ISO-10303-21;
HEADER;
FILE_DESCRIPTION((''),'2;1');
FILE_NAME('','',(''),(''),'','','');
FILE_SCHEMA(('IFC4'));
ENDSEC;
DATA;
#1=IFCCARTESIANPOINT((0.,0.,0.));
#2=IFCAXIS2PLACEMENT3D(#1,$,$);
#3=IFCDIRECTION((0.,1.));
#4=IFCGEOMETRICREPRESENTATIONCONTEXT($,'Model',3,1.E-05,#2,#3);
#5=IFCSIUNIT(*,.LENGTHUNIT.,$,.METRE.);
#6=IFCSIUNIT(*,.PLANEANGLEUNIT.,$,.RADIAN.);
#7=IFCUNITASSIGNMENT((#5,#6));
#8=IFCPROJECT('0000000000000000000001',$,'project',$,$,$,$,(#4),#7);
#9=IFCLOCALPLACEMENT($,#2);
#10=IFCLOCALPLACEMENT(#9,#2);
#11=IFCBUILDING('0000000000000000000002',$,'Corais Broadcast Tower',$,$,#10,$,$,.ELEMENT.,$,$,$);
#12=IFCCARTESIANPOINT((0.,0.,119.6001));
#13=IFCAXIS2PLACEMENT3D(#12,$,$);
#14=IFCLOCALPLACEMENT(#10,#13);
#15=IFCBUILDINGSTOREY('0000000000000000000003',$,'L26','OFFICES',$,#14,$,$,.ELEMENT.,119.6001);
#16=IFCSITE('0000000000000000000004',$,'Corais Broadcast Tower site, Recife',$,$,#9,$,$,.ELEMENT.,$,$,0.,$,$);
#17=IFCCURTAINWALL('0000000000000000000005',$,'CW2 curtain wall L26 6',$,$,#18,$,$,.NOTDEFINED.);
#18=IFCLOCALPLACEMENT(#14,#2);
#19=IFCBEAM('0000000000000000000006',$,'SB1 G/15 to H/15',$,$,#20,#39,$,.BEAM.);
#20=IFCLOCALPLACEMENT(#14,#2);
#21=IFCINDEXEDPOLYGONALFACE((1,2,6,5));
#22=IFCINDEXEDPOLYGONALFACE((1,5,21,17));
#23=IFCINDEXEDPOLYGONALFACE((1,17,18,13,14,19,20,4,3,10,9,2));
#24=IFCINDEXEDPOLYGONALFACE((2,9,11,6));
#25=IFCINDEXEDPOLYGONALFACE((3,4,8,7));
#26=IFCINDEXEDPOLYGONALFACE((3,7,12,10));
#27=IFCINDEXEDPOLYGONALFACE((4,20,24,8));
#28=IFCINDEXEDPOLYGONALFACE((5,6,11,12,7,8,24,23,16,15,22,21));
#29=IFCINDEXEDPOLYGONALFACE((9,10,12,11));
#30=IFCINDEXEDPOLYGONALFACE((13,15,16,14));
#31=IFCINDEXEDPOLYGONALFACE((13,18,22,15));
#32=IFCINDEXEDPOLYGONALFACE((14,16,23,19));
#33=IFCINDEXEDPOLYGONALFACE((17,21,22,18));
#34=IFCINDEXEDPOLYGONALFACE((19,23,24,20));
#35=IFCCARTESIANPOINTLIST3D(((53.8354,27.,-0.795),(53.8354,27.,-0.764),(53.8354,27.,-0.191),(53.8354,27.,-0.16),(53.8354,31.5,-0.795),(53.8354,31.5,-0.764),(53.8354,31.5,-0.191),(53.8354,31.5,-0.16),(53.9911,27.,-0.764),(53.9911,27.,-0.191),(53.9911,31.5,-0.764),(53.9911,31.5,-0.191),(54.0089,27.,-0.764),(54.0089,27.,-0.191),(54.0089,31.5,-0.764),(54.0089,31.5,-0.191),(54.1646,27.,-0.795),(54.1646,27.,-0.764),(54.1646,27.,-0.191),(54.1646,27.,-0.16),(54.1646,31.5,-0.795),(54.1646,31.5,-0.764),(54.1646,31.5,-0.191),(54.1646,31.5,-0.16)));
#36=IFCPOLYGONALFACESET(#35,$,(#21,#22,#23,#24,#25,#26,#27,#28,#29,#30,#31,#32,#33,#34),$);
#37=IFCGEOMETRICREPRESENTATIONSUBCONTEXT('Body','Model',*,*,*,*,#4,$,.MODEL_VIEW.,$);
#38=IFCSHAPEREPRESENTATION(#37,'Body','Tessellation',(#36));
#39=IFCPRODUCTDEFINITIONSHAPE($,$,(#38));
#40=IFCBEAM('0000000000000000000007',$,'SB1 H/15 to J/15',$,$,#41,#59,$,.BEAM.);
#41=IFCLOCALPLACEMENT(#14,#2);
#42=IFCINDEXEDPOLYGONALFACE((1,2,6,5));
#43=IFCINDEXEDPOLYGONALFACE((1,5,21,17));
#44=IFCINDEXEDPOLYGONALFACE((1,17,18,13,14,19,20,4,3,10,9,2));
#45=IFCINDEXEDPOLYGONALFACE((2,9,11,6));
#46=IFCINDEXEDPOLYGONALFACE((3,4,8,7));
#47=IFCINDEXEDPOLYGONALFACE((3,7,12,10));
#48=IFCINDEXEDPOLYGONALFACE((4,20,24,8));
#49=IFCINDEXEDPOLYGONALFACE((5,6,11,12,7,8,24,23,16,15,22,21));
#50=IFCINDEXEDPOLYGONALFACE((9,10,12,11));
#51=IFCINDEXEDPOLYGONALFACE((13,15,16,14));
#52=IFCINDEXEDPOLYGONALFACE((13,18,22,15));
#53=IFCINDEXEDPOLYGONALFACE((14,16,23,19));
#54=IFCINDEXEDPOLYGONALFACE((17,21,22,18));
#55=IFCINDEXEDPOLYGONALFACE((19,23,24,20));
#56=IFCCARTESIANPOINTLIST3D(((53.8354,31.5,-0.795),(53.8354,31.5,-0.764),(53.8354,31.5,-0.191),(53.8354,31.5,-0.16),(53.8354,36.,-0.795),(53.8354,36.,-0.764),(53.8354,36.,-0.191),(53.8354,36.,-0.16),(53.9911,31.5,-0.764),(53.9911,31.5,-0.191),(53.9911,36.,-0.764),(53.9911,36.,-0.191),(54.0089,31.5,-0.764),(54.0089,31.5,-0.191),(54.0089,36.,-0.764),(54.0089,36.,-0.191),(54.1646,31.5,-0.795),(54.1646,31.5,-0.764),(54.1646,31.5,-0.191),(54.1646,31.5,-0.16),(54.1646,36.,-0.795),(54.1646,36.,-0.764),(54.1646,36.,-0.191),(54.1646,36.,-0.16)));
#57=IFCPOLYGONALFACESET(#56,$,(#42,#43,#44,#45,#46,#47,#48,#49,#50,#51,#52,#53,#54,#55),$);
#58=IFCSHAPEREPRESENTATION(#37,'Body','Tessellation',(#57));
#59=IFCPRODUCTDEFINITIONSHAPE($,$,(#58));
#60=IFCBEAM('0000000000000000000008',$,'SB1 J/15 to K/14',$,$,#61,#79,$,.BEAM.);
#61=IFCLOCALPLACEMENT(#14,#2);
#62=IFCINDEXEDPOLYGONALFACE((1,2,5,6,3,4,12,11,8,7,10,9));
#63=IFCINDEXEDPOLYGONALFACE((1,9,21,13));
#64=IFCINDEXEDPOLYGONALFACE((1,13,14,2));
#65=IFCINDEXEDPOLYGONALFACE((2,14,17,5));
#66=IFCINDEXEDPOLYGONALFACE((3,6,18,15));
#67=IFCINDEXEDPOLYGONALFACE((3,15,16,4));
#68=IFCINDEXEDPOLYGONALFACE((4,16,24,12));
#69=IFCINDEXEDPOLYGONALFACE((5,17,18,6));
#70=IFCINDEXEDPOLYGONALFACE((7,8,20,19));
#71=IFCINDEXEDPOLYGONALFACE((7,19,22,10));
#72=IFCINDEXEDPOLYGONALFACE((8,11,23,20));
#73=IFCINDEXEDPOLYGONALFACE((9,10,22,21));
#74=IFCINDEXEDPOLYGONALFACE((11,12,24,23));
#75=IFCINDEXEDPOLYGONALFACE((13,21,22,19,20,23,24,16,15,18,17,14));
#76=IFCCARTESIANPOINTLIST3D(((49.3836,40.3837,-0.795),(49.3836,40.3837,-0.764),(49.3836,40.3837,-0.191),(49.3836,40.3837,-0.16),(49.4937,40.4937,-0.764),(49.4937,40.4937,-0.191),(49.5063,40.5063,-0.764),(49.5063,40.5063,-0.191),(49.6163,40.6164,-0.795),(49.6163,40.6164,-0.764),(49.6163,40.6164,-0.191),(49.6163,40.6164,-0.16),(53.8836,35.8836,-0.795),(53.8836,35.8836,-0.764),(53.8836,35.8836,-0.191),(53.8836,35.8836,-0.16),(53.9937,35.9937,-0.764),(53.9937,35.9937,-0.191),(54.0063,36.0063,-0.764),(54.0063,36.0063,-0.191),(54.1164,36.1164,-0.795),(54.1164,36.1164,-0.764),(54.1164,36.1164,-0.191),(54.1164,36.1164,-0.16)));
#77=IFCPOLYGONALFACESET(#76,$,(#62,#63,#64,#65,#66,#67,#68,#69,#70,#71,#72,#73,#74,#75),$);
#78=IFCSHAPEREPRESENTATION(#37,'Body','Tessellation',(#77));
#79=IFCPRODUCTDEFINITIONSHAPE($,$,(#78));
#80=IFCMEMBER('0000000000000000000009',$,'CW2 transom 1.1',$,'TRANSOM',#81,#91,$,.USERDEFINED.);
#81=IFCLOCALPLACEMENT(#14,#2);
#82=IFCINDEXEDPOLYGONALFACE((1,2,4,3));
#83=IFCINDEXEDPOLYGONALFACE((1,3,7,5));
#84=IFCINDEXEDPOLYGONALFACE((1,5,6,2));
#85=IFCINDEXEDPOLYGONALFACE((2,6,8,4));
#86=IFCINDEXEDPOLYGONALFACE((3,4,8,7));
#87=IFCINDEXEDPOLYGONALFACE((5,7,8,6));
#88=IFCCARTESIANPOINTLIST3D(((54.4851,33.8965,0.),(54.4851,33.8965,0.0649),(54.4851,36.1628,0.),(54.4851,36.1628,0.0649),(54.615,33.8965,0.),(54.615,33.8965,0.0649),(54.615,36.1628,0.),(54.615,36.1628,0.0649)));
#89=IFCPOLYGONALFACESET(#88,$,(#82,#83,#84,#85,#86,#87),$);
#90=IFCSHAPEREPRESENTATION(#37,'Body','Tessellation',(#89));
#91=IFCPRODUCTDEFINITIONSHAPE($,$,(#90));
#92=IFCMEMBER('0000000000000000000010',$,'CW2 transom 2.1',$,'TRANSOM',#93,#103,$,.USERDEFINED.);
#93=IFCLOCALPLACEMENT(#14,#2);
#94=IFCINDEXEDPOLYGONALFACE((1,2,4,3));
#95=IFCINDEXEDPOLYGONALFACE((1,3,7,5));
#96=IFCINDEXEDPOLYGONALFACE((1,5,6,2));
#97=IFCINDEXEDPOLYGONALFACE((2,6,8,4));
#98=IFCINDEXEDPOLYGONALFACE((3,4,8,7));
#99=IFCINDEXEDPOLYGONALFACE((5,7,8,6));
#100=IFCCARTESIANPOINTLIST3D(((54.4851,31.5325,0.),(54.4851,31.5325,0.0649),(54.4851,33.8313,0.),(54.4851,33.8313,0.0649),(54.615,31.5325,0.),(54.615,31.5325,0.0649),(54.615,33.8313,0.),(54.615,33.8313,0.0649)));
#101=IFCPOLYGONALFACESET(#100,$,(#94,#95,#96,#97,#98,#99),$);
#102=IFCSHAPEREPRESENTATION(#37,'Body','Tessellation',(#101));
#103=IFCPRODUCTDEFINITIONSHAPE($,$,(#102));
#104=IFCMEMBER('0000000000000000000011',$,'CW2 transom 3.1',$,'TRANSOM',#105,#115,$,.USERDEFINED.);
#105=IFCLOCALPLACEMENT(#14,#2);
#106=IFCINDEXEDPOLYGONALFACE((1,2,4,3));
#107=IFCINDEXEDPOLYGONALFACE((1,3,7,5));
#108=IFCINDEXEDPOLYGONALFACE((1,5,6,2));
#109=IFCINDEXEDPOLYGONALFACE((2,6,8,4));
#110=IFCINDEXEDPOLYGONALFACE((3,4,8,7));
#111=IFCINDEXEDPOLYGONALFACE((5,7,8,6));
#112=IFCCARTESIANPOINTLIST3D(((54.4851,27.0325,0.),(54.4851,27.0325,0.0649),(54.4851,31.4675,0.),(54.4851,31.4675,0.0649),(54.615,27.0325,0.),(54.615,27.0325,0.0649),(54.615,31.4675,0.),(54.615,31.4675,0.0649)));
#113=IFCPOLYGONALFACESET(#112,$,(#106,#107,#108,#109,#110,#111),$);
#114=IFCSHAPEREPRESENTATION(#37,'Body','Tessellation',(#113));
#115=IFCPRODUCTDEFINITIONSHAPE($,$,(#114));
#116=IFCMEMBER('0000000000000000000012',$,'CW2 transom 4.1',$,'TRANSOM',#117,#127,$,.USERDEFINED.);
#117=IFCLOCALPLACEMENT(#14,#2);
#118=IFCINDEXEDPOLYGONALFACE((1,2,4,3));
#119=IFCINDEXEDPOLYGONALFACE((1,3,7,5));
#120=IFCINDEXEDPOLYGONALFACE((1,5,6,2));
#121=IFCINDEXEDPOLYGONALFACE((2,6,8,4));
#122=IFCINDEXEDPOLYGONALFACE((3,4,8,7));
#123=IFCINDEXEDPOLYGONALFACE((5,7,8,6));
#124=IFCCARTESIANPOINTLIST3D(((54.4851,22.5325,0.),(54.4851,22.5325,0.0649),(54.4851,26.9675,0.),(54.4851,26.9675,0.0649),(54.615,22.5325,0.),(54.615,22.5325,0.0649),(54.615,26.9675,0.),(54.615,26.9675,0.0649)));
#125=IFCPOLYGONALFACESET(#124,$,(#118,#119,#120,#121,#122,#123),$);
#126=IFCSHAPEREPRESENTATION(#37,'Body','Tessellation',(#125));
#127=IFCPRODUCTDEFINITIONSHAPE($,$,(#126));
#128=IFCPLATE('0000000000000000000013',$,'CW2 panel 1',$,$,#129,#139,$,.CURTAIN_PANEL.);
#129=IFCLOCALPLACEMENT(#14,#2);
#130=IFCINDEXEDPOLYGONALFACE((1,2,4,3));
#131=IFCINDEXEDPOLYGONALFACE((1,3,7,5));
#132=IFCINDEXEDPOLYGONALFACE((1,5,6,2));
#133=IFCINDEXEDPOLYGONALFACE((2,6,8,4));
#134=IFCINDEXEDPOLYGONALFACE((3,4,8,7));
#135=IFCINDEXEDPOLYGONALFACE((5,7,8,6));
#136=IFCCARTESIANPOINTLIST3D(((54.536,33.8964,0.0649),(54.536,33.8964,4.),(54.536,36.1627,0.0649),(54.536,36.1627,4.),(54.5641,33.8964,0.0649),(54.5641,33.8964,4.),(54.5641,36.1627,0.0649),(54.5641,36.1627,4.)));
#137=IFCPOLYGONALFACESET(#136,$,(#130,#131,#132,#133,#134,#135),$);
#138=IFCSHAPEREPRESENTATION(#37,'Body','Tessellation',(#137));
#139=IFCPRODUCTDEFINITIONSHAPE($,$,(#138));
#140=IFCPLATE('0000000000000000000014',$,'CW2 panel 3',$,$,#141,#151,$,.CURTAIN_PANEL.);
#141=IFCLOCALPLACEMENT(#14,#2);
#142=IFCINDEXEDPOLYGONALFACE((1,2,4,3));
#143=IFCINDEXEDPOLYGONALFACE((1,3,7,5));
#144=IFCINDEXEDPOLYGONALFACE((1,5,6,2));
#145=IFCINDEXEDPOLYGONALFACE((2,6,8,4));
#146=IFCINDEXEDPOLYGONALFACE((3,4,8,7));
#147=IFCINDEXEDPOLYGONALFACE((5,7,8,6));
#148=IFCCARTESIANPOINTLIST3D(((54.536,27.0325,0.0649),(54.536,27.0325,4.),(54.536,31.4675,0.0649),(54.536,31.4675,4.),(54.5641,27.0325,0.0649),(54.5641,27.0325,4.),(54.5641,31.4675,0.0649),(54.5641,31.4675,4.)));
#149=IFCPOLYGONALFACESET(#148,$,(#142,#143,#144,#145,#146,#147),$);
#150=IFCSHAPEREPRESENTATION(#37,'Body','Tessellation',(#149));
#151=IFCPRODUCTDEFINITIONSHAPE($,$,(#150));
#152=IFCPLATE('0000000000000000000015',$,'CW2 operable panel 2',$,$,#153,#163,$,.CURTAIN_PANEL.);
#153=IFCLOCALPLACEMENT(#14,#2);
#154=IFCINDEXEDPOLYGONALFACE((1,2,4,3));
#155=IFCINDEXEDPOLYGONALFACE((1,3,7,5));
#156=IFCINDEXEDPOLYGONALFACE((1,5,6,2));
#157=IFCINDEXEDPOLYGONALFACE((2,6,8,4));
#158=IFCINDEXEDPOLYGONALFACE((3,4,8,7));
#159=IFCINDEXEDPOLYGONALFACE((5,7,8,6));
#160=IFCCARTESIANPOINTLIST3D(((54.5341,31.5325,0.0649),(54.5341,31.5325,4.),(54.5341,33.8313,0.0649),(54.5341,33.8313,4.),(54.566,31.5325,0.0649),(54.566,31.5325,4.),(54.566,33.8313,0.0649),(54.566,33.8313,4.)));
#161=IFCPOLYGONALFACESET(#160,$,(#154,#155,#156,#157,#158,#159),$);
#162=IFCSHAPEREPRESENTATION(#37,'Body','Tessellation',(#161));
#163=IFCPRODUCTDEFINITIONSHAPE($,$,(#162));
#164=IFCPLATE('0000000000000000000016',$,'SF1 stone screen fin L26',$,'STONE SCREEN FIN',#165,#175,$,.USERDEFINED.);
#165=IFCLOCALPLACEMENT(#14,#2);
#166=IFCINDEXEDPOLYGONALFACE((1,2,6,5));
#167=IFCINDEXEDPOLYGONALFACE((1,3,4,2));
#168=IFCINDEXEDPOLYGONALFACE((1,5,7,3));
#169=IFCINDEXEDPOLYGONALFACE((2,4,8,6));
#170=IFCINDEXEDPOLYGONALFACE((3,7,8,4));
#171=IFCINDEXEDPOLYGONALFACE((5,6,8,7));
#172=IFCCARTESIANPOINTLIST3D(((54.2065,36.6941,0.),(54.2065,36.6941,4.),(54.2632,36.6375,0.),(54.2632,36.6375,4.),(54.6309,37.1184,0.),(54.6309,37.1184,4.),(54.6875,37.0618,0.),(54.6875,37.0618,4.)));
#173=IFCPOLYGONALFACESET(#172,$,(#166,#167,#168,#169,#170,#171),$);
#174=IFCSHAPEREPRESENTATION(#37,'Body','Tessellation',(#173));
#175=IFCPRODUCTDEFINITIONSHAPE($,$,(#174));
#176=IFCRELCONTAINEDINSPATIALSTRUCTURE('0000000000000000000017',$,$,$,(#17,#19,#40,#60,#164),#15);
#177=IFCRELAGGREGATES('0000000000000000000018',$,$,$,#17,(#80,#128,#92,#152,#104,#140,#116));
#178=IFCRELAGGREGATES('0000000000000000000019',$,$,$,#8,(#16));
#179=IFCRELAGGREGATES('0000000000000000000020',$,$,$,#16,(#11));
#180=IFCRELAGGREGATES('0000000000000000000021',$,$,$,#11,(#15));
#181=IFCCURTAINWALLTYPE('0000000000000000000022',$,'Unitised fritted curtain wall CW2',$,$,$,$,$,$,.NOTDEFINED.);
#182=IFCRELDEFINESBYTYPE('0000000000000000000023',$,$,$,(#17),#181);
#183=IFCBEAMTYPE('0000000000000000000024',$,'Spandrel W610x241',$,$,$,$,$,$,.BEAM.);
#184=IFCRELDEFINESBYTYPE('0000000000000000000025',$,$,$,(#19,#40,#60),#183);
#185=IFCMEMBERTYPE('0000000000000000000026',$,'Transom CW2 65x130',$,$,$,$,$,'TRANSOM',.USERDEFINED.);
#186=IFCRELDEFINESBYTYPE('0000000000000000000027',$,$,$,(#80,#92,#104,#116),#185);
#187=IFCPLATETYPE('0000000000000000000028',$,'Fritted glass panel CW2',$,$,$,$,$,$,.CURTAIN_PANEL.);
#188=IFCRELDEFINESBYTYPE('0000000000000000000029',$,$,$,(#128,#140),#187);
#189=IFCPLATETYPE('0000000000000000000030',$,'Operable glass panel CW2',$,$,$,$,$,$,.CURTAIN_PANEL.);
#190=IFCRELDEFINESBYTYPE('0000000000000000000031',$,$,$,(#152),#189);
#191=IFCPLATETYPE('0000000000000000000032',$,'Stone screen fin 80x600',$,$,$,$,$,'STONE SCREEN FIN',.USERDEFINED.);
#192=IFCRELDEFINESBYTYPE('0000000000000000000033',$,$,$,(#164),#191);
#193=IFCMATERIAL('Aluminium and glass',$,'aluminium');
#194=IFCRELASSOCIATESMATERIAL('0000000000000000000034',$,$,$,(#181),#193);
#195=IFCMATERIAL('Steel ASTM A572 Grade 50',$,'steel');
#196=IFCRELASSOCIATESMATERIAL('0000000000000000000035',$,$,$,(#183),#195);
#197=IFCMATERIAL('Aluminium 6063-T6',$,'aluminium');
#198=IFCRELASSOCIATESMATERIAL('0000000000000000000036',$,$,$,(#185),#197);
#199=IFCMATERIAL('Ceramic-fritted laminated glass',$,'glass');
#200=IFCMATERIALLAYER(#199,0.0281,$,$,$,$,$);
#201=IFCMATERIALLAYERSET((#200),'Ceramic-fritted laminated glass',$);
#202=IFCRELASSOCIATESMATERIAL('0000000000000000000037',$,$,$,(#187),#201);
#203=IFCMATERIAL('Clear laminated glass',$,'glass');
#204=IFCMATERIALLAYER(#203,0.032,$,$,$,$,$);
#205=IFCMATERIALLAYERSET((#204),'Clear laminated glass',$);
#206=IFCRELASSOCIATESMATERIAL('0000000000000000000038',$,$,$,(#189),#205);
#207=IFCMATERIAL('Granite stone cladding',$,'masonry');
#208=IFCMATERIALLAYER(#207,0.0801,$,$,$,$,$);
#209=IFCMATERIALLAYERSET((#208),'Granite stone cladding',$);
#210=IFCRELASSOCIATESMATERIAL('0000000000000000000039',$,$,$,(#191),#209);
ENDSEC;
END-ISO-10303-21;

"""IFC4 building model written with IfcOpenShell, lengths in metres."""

from ifc_helpers import new_model, si_unit, direction, frame, origin, origin_2d, place, context, subcontext, project, spatial, rectangle, i_section, extrude, material, layer, layer_set, material_profile, profile_set, type_object, element, aggregate, save


model = new_model("IFC4")

# Units and contexts
model_context = context("Model", 3, precision=1e-05, world=origin(), true_north=direction((0.0, 1.0)))
body_context = subcontext(model_context, "Body", "Model", "MODEL_VIEW")
ifc_project = project(units=[si_unit("LENGTHUNIT", "METRE"), si_unit("PLANEANGLEUNIT", "RADIAN")], contexts=[model_context])

# Site, building, storey
site_placement = place(None, origin())
site = spatial("IfcSite", under=ifc_project, at=site_placement, Name="Corais Broadcast Tower site, Recife", CompositionType="ELEMENT", RefElevation=0.0)
building_placement = place(site_placement, origin())
building = spatial("IfcBuilding", under=site, at=building_placement, Name="Corais Broadcast Tower", CompositionType="ELEMENT")
storey_placement = place(building_placement, frame((0.0, 0.0, 119.6001)))
storey = spatial("IfcBuildingStorey", under=building, at=storey_placement, Name="L26", Description="OFFICES", CompositionType="ELEMENT", Elevation=119.6001)

# Shared definitions
ifc_material_1 = material(Name="Aluminium and glass", Category="aluminium")
curtain_wall_type = type_object("IfcCurtainWallType", Name="Unitised fritted curtain wall CW2", PredefinedType="NOTDEFINED", material=ifc_material_1)

# Curtain wall
curtain_wall_1_placement = place(storey_placement, origin())
curtain_wall_1 = element("IfcCurtainWall", 1, at=curtain_wall_1_placement, inside=storey, type_object=curtain_wall_type, Name="CW2 curtain wall L26 6", PredefinedType="NOTDEFINED")

# Beams
ifc_material_2 = material(Name="Steel ASTM A572 Grade 50", Category="steel")
ifc_material_profile_1 = material_profile(ifc_material_2, i_section(OverallWidth=0.3291, OverallDepth=0.635, WebThickness=0.0178, FlangeThickness=0.031, at=origin_2d()), Name="W610x241")
ifc_profile_set_1 = profile_set([ifc_material_profile_1], Name="Steel ASTM A572 Grade 50")
beam_type_1 = type_object("IfcBeamType", Name="Spandrel W610x241", PredefinedType="BEAM", material=ifc_profile_set_1)
for number, where, z_axis, x_axis, name in (
    (2, (54.0, 27.0, -0.4775), (0.0, 1.0, 0.0), (-1.0, 0.0, 0.0), "SB1 G/15 to H/15"),
    (3, (54.0, 31.5, -0.4775), (0.0, 1.0, 0.0), (-1.0, 0.0, 0.0), "SB1 H/15 to J/15"),
):
    element("IfcBeam", number, at=place(storey_placement, frame(where, z_axis=z_axis, x_axis=x_axis)), inside=storey, type_object=beam_type_1, Name=name, PredefinedType="BEAM", context=body_context, shape_type="SweptSolid", body=[
        extrude(i_section(OverallWidth=0.3291, OverallDepth=0.635, WebThickness=0.0178, FlangeThickness=0.031, at=origin_2d()), origin(), (0.0, 0.0, 1.0), 4.5),
    ])
beam_placement = place(storey_placement, frame((54.0, 36.0, -0.4775), z_axis=(-0.707107, 0.707107, 0.0), x_axis=(-0.707107, -0.707107, 0.0)))
element("IfcBeam", 4, at=beam_placement, inside=storey, type_object=beam_type_1, Name="SB1 J/15 to K/14", PredefinedType="BEAM", context=body_context, shape_type="SweptSolid", body=[
    extrude(i_section(OverallWidth=0.3291, OverallDepth=0.635, WebThickness=0.0178, FlangeThickness=0.031, at=origin_2d()), origin(), (0.0, 0.0, 1.0), 6.364),
])

# Members
ifc_material_3 = material(Name="Aluminium 6063-T6", Category="aluminium")
ifc_material_profile_2 = material_profile(ifc_material_3, rectangle(XDim=0.1299, YDim=0.0649, at=origin_2d()), Name="Transom CW2 65x130")
ifc_profile_set_2 = profile_set([ifc_material_profile_2], Name="Aluminium 6063-T6")
member_type_1 = type_object("IfcMemberType", Name="Transom CW2 65x130", ElementType="TRANSOM", PredefinedType="USERDEFINED", material=ifc_profile_set_2)
member_1_placement = place(storey_placement, frame((54.55, 36.1628, 0.0325), z_axis=(0.0, -1.0, 0.0), x_axis=(1.0, 0.0, 0.0)))
member_1 = element("IfcMember", 5, at=member_1_placement, type_object=member_type_1, Name="CW2 transom 1.1", ObjectType="TRANSOM", PredefinedType="USERDEFINED", context=body_context, shape_type="SweptSolid", body=[
    extrude(rectangle(XDim=0.1299, YDim=0.0649, at=origin_2d()), origin(), (0.0, 0.0, 1.0), 2.2664),
])
member_2_placement = place(storey_placement, frame((54.55, 33.8313, 0.0325), z_axis=(0.0, -1.0, 0.0), x_axis=(1.0, 0.0, 0.0)))
member_2 = element("IfcMember", 6, at=member_2_placement, type_object=member_type_1, Name="CW2 transom 2.1", ObjectType="TRANSOM", PredefinedType="USERDEFINED", context=body_context, shape_type="SweptSolid", body=[
    extrude(rectangle(XDim=0.1299, YDim=0.0649, at=origin_2d()), origin(), (0.0, 0.0, 1.0), 2.2988),
])
member_3_placement = place(storey_placement, frame((54.55, 31.4675, 0.0325), z_axis=(0.0, -1.0, 0.0), x_axis=(1.0, 0.0, 0.0)))
member_3 = element("IfcMember", 7, at=member_3_placement, type_object=member_type_1, Name="CW2 transom 3.1", ObjectType="TRANSOM", PredefinedType="USERDEFINED", context=body_context, shape_type="SweptSolid", body=[
    extrude(rectangle(XDim=0.1299, YDim=0.0649, at=origin_2d()), origin(), (0.0, 0.0, 1.0), 4.4351),
])
member_4_placement = place(storey_placement, frame((54.55, 26.9675, 0.0325), z_axis=(0.0, -1.0, 0.0), x_axis=(1.0, 0.0, 0.0)))
member_4 = element("IfcMember", 8, at=member_4_placement, type_object=member_type_1, Name="CW2 transom 4.1", ObjectType="TRANSOM", PredefinedType="USERDEFINED", context=body_context, shape_type="SweptSolid", body=[
    extrude(rectangle(XDim=0.1299, YDim=0.0649, at=origin_2d()), origin(), (0.0, 0.0, 1.0), 4.4351),
])

# Plates
ifc_material_4 = material(Name="Ceramic-fritted laminated glass", Category="glass")
ifc_layer_1 = layer(ifc_material_4, 0.0281)
ifc_layer_set_1 = layer_set([ifc_layer_1], Name="Ceramic-fritted laminated glass")
plate_type_1 = type_object("IfcPlateType", Name="Fritted glass panel CW2", PredefinedType="CURTAIN_PANEL", material=ifc_layer_set_1)
plate_1_placement = place(storey_placement, frame((54.55, 35.0295, 0.0649), z_axis=(0.0, 0.0, 1.0), x_axis=(0.0, -1.0, 0.0)))
plate_1 = element("IfcPlate", 9, at=plate_1_placement, type_object=plate_type_1, Name="CW2 panel 1", PredefinedType="CURTAIN_PANEL", context=body_context, shape_type="SweptSolid", body=[
    extrude(rectangle(XDim=2.2664, YDim=0.0281, at=origin_2d()), origin(), (0.0, 0.0, 1.0), 3.9351),
])
plate_2_placement = place(storey_placement, frame((54.55, 29.25, 0.0649), z_axis=(0.0, 0.0, 1.0), x_axis=(0.0, -1.0, 0.0)))
plate_2 = element("IfcPlate", 10, at=plate_2_placement, type_object=plate_type_1, Name="CW2 panel 3", PredefinedType="CURTAIN_PANEL", context=body_context, shape_type="SweptSolid", body=[
    extrude(rectangle(XDim=4.4351, YDim=0.0281, at=origin_2d()), origin(), (0.0, 0.0, 1.0), 3.9351),
])
ifc_material_5 = material(Name="Clear laminated glass", Category="glass")
ifc_layer_2 = layer(ifc_material_5, 0.032)
ifc_layer_set_2 = layer_set([ifc_layer_2], Name="Clear laminated glass")
plate_type_2 = type_object("IfcPlateType", Name="Operable glass panel CW2", PredefinedType="CURTAIN_PANEL", material=ifc_layer_set_2)
plate_3_placement = place(storey_placement, frame((54.55, 32.6819, 0.0649), z_axis=(0.0, 0.0, 1.0), x_axis=(0.0, -1.0, 0.0)))
plate_3 = element("IfcPlate", 11, at=plate_3_placement, type_object=plate_type_2, Name="CW2 operable panel 2", PredefinedType="CURTAIN_PANEL", context=body_context, shape_type="SweptSolid", body=[
    extrude(rectangle(XDim=2.2988, YDim=0.032, at=origin_2d()), origin(), (0.0, 0.0, 1.0), 3.9351),
])
aggregate(curtain_wall_1, [member_1, plate_1, member_2, plate_3, member_3, plate_2, member_4])
ifc_material_6 = material(Name="Granite stone cladding", Category="masonry")
ifc_layer_3 = layer(ifc_material_6, 0.0801)
ifc_layer_set_3 = layer_set([ifc_layer_3], Name="Granite stone cladding")
plate_type_3 = type_object("IfcPlateType", Name="Stone screen fin 80x600", ElementType="STONE SCREEN FIN", PredefinedType="USERDEFINED", material=ifc_layer_set_3)
plate_4_placement = place(storey_placement, frame((54.447, 36.8779, 0.0), z_axis=(0.0, 0.0, 1.0), x_axis=(0.707107, -0.707107, 0.0)))
element("IfcPlate", 12, at=plate_4_placement, inside=storey, type_object=plate_type_3, Name="SF1 stone screen fin L26", ObjectType="STONE SCREEN FIN", PredefinedType="USERDEFINED", context=body_context, shape_type="SweptSolid", body=[
    extrude(rectangle(XDim=0.0801, YDim=0.6001, at=origin_2d()), origin(), (0.0, 0.0, 1.0), 4.0),
])

save(model, "model.ifc")
